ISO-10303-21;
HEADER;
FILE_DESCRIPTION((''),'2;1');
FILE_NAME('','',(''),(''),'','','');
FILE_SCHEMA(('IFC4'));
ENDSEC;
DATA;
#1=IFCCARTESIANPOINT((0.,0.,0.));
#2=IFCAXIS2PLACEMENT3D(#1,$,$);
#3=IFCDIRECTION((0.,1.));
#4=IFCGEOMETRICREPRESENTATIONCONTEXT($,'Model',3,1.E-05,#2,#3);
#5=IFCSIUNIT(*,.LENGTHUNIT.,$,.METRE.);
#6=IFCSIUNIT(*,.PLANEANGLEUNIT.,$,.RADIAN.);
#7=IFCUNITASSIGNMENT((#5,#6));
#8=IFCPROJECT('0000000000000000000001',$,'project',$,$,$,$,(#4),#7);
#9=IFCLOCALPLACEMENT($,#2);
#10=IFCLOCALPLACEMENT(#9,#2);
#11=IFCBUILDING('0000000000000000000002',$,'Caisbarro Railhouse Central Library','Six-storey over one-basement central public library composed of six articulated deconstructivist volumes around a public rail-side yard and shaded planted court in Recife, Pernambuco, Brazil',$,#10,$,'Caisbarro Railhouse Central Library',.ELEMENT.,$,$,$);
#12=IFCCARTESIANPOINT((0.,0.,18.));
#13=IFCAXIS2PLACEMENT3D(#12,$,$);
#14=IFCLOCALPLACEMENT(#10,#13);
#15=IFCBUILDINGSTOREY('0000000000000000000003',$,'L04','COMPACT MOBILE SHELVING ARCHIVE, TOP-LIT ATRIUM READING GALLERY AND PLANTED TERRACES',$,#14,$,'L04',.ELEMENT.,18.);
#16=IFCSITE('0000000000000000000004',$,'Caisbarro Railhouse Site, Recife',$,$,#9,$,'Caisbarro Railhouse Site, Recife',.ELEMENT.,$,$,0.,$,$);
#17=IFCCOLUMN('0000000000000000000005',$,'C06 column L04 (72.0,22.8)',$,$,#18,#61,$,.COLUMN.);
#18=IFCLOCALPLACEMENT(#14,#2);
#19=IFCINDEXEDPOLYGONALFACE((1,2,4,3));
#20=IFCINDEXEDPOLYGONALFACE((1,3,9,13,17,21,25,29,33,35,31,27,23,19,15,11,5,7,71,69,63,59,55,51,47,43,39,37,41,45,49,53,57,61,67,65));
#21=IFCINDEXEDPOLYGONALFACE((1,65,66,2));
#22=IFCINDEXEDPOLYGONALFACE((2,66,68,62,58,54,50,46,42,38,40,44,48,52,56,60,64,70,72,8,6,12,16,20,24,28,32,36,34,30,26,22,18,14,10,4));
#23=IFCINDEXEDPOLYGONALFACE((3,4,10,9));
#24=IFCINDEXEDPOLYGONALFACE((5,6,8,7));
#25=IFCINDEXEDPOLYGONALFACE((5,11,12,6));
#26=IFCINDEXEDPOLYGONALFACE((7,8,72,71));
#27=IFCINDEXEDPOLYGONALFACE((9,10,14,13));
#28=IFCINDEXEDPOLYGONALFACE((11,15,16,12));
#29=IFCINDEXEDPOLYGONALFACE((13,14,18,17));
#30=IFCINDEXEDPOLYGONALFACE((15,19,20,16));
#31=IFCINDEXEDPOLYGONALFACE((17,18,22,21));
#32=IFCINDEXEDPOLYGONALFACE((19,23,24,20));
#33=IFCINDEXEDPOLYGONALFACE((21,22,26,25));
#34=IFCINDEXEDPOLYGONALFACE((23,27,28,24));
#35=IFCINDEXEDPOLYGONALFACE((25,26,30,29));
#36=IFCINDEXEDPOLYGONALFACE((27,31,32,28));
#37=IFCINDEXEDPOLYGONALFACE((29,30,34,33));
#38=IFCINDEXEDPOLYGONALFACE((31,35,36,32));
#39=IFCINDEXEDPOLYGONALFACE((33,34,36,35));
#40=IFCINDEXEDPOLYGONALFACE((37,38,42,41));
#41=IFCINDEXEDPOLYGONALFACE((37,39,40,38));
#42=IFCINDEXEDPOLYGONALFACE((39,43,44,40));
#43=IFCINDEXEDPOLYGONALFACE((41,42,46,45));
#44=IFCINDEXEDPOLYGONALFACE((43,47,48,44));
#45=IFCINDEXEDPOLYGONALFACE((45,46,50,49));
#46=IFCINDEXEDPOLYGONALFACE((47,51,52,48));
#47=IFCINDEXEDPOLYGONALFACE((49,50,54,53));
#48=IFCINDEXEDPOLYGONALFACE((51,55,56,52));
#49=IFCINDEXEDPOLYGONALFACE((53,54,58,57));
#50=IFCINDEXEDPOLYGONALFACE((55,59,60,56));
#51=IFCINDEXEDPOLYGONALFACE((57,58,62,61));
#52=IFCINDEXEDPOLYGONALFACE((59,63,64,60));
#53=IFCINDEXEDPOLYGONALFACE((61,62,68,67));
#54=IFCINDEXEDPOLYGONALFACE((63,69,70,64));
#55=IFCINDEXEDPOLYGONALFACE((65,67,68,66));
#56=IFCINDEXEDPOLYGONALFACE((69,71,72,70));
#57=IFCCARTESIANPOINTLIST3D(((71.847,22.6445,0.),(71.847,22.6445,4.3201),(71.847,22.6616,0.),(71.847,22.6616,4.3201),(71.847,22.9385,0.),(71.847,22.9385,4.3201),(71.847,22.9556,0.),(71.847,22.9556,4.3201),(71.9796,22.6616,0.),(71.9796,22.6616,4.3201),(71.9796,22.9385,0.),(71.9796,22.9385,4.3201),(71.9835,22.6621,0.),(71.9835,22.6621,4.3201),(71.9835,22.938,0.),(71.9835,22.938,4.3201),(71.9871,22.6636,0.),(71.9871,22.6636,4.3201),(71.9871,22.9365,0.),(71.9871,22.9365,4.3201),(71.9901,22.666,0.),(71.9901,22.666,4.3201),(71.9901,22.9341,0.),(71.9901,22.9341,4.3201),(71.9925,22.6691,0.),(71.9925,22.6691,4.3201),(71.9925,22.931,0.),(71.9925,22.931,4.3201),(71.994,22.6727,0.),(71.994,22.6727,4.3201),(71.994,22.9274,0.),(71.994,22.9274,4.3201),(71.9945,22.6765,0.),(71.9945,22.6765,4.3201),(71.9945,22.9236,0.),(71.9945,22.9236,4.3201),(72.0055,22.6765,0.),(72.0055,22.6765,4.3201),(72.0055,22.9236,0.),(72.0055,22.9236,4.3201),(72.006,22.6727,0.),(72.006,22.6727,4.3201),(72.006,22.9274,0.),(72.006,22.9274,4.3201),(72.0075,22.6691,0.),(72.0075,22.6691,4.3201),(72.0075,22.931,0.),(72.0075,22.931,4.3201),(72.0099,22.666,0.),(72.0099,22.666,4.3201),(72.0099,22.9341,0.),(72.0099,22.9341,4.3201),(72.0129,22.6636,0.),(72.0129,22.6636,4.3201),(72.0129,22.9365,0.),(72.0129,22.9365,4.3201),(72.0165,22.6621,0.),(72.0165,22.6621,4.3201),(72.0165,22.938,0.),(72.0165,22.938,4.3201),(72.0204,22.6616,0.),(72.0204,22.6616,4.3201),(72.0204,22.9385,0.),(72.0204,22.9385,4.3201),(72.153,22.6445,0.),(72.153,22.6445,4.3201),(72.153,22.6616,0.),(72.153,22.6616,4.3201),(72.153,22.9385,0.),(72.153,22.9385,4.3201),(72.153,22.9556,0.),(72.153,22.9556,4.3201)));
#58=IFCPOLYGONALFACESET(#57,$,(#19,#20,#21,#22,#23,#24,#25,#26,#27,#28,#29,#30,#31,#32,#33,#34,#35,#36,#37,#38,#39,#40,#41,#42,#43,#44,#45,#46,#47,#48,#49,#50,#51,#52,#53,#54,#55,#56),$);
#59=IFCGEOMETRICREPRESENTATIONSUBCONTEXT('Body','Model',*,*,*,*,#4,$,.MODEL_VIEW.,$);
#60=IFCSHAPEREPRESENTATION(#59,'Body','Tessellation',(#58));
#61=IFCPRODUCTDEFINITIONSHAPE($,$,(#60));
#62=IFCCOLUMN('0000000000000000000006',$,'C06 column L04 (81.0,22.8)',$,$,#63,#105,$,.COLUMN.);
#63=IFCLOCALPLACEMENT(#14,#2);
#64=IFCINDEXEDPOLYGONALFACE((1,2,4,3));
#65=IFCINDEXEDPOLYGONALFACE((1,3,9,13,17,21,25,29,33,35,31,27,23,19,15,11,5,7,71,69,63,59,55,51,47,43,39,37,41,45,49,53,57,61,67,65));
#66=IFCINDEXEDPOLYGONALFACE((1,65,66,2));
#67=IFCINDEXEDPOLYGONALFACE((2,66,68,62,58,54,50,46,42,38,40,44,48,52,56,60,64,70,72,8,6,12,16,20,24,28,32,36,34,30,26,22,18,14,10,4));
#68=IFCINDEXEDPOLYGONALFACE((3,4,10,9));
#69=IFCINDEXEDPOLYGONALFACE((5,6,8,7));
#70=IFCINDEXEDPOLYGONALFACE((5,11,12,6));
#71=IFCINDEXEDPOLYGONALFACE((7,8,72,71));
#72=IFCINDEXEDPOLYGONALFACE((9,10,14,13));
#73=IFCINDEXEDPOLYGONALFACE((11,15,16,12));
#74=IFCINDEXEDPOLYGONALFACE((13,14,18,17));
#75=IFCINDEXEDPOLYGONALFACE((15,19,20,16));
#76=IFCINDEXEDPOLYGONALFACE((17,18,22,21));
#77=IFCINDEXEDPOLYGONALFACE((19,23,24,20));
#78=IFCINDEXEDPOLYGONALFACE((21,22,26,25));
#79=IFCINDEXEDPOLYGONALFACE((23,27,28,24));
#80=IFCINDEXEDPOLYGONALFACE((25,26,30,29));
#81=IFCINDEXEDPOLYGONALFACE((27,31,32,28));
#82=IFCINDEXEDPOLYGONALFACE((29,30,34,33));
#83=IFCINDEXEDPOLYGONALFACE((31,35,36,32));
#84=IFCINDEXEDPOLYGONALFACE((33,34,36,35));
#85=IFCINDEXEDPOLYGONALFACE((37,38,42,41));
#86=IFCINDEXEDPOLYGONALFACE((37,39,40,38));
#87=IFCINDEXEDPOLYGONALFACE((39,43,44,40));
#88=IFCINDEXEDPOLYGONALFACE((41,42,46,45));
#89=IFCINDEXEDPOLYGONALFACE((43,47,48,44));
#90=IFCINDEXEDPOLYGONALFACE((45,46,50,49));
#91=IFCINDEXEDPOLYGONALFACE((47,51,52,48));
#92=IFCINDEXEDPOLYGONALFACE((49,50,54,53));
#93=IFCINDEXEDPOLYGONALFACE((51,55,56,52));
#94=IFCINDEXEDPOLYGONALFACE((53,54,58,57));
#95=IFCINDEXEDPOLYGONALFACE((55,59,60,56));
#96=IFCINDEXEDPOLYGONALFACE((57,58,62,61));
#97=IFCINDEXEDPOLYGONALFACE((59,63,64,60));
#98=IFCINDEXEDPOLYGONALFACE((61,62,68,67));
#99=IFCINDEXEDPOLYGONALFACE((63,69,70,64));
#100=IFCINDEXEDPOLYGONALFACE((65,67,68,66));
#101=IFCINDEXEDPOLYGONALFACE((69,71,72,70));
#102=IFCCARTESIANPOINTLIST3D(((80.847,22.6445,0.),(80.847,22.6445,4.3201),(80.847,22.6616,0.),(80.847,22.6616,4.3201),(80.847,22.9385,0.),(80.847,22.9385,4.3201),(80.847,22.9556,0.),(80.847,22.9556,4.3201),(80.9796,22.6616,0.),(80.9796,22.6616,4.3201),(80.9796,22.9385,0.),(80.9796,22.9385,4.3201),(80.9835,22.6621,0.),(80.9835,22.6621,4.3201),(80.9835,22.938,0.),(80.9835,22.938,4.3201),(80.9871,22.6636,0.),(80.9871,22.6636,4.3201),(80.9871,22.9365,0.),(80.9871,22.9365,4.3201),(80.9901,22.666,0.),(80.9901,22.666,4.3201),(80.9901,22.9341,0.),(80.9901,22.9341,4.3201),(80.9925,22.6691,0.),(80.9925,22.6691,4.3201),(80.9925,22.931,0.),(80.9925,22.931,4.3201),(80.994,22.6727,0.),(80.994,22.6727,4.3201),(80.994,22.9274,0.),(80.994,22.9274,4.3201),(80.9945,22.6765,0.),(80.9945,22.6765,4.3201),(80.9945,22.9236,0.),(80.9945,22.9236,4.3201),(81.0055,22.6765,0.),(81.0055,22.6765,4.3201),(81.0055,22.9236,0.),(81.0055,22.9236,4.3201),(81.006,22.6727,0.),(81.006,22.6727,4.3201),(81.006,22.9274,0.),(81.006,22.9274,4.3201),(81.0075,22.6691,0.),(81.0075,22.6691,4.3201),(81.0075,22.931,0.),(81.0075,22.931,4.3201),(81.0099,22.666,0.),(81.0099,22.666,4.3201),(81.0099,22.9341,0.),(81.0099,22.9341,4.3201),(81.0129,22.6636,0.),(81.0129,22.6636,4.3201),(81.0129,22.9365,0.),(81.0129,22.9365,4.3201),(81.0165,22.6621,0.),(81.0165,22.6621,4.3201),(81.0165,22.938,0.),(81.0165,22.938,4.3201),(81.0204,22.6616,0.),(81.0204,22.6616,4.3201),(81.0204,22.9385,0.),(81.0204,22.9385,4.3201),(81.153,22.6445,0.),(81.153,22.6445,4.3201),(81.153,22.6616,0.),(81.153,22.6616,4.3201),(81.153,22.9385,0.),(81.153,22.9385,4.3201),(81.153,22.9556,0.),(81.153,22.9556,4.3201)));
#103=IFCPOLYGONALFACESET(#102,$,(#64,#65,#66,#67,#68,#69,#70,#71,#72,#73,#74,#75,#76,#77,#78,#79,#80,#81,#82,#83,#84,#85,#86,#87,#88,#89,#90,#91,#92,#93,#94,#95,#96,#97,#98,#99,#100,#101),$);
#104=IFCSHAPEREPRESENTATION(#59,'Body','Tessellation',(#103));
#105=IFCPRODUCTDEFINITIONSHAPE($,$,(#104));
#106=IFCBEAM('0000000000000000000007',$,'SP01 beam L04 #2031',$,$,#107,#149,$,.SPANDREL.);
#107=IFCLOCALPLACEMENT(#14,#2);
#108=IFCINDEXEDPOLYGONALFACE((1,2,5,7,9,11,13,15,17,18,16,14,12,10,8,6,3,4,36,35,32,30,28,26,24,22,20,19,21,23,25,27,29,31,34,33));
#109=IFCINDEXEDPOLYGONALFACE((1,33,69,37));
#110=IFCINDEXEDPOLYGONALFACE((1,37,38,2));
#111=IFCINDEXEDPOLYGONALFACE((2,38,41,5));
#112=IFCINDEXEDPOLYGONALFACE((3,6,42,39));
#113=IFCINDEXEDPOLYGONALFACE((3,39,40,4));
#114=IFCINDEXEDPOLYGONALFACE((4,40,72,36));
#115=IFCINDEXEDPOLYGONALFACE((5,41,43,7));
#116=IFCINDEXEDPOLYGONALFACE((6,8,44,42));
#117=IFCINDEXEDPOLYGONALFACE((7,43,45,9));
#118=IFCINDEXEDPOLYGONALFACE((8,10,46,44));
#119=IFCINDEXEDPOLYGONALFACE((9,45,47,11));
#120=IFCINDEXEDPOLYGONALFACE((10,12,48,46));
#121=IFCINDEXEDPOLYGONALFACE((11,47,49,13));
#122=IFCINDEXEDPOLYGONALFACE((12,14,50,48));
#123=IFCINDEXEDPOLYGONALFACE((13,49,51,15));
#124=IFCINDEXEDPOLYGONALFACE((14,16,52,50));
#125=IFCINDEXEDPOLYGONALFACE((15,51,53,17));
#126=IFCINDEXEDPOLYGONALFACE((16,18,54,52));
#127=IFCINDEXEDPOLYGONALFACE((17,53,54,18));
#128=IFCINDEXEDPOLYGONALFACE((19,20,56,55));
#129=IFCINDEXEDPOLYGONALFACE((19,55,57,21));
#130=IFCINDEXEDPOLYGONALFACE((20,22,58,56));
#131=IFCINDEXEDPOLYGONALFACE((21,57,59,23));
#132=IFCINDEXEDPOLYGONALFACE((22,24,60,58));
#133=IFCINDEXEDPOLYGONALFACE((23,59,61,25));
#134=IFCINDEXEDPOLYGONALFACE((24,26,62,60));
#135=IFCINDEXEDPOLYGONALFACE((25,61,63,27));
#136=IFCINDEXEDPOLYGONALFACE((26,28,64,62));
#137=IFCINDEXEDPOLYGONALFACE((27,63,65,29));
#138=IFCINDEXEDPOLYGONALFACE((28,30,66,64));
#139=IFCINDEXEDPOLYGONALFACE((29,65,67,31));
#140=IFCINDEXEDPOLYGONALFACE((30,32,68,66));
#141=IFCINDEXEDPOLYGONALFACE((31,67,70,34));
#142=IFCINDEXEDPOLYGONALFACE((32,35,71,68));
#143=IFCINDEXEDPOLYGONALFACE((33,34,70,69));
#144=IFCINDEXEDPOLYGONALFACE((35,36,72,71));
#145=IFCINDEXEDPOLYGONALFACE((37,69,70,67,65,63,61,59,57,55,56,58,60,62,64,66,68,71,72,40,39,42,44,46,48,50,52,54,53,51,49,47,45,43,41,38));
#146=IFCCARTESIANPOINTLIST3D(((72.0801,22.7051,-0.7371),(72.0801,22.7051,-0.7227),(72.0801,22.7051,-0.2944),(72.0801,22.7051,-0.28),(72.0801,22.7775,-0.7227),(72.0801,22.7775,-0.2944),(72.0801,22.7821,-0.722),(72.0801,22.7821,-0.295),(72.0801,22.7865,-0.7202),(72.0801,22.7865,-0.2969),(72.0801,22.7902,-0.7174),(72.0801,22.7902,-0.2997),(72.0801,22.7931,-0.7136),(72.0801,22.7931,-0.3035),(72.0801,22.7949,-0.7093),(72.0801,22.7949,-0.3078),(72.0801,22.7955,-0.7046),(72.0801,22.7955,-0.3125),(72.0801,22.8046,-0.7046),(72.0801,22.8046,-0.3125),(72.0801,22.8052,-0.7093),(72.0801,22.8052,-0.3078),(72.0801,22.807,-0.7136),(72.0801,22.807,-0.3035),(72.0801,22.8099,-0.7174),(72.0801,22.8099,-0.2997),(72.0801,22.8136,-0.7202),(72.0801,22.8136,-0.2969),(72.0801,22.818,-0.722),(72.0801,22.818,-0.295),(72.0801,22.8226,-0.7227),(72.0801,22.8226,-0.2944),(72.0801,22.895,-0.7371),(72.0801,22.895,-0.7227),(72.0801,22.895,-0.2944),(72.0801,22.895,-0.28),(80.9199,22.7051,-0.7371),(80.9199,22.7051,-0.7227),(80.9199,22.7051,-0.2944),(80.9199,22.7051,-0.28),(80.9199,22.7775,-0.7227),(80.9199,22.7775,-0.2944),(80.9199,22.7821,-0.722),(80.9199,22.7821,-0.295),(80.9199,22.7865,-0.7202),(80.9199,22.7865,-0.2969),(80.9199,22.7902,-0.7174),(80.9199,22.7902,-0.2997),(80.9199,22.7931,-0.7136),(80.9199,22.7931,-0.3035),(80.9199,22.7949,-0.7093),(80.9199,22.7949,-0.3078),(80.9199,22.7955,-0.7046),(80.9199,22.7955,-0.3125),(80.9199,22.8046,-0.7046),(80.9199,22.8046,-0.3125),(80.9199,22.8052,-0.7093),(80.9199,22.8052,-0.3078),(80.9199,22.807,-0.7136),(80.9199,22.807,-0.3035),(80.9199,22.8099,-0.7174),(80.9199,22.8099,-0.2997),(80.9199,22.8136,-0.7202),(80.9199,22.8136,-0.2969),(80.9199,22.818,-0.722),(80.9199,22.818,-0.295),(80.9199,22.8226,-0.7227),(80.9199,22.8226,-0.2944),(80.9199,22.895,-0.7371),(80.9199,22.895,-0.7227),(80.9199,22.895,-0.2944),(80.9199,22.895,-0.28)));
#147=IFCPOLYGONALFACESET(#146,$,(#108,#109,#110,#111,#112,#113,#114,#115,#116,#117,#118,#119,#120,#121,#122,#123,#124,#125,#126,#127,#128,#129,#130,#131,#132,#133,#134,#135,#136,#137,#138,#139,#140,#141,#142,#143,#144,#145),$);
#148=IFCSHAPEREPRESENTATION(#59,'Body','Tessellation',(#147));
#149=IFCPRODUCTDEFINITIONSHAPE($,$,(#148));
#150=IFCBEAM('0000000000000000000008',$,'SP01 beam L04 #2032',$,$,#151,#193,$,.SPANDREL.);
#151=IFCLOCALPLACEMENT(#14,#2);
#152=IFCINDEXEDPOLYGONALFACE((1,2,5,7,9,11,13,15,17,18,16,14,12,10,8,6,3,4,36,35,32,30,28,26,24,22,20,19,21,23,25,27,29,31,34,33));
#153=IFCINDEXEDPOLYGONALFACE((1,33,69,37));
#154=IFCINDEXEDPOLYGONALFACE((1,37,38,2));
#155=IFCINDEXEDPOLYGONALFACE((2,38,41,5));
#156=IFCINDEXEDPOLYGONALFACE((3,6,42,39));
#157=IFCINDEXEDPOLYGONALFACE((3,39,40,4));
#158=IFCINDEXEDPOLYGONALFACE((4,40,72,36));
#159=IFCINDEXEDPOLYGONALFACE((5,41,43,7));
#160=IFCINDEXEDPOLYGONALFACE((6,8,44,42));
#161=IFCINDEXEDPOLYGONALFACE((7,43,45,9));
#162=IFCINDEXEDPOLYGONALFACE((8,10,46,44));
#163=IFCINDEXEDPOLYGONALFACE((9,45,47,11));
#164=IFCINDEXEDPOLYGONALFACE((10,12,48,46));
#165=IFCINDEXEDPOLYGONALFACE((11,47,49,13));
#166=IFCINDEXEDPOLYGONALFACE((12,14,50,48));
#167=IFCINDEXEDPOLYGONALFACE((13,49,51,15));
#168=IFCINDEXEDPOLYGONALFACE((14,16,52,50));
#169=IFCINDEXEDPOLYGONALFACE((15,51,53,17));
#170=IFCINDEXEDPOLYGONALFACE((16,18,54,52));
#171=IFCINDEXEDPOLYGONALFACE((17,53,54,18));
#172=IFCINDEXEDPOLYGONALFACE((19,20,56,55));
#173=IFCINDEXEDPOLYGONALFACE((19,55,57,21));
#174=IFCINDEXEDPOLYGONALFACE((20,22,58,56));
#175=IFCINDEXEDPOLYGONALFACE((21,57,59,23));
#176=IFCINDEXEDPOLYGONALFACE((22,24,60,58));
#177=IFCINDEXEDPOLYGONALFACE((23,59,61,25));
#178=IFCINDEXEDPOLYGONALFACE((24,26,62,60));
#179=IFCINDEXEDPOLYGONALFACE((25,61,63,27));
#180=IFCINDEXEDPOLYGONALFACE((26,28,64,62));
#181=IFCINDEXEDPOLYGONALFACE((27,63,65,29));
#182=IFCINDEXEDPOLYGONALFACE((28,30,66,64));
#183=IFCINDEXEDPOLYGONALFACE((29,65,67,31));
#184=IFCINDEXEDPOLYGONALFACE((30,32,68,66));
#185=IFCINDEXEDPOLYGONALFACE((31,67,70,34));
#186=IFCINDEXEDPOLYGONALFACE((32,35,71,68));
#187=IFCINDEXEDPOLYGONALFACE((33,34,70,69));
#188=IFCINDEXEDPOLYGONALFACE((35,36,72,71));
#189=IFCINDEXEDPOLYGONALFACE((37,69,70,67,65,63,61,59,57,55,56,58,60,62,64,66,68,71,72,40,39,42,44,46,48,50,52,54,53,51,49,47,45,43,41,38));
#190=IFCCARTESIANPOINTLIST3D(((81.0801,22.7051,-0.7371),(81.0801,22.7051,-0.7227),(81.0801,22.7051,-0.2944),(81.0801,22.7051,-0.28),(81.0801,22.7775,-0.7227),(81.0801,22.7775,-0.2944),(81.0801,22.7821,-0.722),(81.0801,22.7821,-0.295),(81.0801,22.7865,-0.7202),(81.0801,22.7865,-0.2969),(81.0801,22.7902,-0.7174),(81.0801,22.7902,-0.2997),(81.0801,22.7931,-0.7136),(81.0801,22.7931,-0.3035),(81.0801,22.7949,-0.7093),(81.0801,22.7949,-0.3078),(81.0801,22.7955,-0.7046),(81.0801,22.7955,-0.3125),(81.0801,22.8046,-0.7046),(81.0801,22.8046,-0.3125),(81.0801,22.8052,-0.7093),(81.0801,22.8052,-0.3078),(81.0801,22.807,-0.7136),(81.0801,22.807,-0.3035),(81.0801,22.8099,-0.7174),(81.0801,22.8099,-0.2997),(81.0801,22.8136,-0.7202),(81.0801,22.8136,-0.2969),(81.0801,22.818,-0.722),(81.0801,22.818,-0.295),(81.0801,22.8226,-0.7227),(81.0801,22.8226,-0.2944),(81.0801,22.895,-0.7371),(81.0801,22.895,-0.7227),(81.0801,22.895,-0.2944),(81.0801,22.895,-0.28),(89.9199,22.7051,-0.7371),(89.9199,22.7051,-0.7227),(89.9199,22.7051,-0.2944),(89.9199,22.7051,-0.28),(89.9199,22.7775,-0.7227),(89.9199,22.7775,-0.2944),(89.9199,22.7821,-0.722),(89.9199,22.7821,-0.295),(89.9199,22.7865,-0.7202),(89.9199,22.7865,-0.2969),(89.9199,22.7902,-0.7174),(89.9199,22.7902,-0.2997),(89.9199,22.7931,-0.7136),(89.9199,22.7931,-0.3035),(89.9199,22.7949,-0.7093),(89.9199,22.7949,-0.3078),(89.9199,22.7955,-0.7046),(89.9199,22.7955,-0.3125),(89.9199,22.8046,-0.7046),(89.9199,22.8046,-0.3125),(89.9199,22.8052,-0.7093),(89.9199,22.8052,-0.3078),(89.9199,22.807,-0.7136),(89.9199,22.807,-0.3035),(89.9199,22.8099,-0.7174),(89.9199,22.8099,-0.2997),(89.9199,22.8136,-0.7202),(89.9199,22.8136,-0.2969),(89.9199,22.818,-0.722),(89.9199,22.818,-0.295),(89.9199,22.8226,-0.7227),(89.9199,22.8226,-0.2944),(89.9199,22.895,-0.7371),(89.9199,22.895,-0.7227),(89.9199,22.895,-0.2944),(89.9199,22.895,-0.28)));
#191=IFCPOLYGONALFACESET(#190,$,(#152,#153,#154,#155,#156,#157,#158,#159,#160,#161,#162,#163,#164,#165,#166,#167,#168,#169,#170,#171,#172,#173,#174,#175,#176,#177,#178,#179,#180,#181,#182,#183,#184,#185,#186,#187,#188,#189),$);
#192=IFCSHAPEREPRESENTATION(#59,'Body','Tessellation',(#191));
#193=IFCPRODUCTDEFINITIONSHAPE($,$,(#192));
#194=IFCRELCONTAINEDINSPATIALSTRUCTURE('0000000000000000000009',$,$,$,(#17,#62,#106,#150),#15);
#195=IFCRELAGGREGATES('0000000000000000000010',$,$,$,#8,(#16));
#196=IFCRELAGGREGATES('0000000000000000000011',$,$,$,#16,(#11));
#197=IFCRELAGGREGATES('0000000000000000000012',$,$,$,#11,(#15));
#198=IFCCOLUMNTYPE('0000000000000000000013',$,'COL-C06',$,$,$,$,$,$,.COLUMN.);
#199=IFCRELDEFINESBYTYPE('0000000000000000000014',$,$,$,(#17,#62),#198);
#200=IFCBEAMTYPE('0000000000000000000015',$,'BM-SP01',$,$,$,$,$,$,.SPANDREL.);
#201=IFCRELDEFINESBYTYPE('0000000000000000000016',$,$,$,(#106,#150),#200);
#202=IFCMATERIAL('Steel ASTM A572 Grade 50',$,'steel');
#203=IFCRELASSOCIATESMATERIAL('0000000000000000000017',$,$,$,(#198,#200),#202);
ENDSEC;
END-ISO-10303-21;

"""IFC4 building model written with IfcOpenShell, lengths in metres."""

from ifc_helpers import new_model, si_unit, direction, frame, origin, origin_2d, place, context, subcontext, project, spatial, i_section, extrude, material, material_profile, profile_set, type_object, element, save


model = new_model("IFC4")

# Units and contexts
model_context = context("Model", 3, precision=1e-05, world=origin(), true_north=direction((0.0, 1.0)))
body_context = subcontext(model_context, "Body", "Model", "MODEL_VIEW")
ifc_project = project(units=[si_unit("LENGTHUNIT", "METRE"), si_unit("PLANEANGLEUNIT", "RADIAN")], contexts=[model_context])

# Site, building, storey
site_placement = place(None, origin())
site = spatial("IfcSite", under=ifc_project, at=site_placement, Name="Caisbarro Railhouse Site, Recife", LongName="Caisbarro Railhouse Site, Recife", CompositionType="ELEMENT", RefElevation=0.0)
building_placement = place(site_placement, origin())
building = spatial("IfcBuilding", under=site, at=building_placement, Name="Caisbarro Railhouse Central Library", Description="Six-storey over one-basement central public library composed of six articulated deconstructivist volumes around a public rail-side yard and shaded planted court in Recife, Pernambuco, Brazil", LongName="Caisbarro Railhouse Central Library", CompositionType="ELEMENT")
storey_placement = place(building_placement, frame((0.0, 0.0, 18.0)))
storey = spatial("IfcBuildingStorey", under=building, at=storey_placement, Name="L04", Description="COMPACT MOBILE SHELVING ARCHIVE, TOP-LIT ATRIUM READING GALLERY AND PLANTED TERRACES", LongName="L04", CompositionType="ELEMENT", Elevation=18.0)

# Columns
ifc_material_1 = material(Name="Steel ASTM A572 Grade 50", Category="steel")
ifc_material_profile_1 = material_profile(ifc_material_1, i_section(OverallWidth=0.3059, OverallDepth=0.311, WebThickness=0.011, FlangeThickness=0.0171, FilletRadius=0.0149, at=origin_2d()), Name="W310X107.0")
ifc_profile_set_1 = profile_set([ifc_material_profile_1], Name="Steel ASTM A572 Grade 50")
column_type = type_object("IfcColumnType", Name="COL-C06", PredefinedType="COLUMN", material=ifc_profile_set_1)
for number, where, z_axis, x_axis, name in (
    (1, (72.0, 22.8, 0.0), (0.0, 0.0, 1.0), (1.0, 0.0, 0.0), "C06 column L04 (72.0,22.8)"),
    (2, (81.0, 22.8, 0.0), (0.0, 0.0, 1.0), (1.0, 0.0, 0.0), "C06 column L04 (81.0,22.8)"),
):
    element("IfcColumn", number, at=place(storey_placement, frame(where, z_axis=z_axis, x_axis=x_axis)), inside=storey, type_object=column_type, Name=name, PredefinedType="COLUMN", context=body_context, shape_type="SweptSolid", body=[
        extrude(i_section(OverallWidth=0.3059, OverallDepth=0.311, WebThickness=0.011, FlangeThickness=0.0171, FilletRadius=0.0149, at=origin_2d()), origin(), (0.0, 0.0, 1.0), 4.3201),
    ])

# Beams
ifc_material_profile_2 = material_profile(ifc_material_1, i_section(OverallWidth=0.1899, OverallDepth=0.457, WebThickness=0.009, FlangeThickness=0.0144, FilletRadius=0.0181, at=origin_2d()), Name="W460X74.0")
ifc_profile_set_2 = profile_set([ifc_material_profile_2], Name="Steel ASTM A572 Grade 50")
beam_type = type_object("IfcBeamType", Name="BM-SP01", PredefinedType="SPANDREL", material=ifc_profile_set_2)
for number, where, z_axis, x_axis, name in (
    (3, (72.0801, 22.8, -0.5085), (1.0, 0.0, 0.0), (0.0, 1.0, 0.0), "SP01 beam L04 #2031"),
    (4, (81.0801, 22.8, -0.5085), (1.0, 0.0, 0.0), (0.0, 1.0, 0.0), "SP01 beam L04 #2032"),
):
    element("IfcBeam", number, at=place(storey_placement, frame(where, z_axis=z_axis, x_axis=x_axis)), inside=storey, type_object=beam_type, Name=name, PredefinedType="SPANDREL", context=body_context, shape_type="SweptSolid", body=[
        extrude(i_section(OverallWidth=0.1899, OverallDepth=0.457, WebThickness=0.009, FlangeThickness=0.0144, FilletRadius=0.0181, at=origin_2d()), origin(), (0.0, 0.0, 1.0), 8.8398),
    ])

save(model, "model.ifc")
